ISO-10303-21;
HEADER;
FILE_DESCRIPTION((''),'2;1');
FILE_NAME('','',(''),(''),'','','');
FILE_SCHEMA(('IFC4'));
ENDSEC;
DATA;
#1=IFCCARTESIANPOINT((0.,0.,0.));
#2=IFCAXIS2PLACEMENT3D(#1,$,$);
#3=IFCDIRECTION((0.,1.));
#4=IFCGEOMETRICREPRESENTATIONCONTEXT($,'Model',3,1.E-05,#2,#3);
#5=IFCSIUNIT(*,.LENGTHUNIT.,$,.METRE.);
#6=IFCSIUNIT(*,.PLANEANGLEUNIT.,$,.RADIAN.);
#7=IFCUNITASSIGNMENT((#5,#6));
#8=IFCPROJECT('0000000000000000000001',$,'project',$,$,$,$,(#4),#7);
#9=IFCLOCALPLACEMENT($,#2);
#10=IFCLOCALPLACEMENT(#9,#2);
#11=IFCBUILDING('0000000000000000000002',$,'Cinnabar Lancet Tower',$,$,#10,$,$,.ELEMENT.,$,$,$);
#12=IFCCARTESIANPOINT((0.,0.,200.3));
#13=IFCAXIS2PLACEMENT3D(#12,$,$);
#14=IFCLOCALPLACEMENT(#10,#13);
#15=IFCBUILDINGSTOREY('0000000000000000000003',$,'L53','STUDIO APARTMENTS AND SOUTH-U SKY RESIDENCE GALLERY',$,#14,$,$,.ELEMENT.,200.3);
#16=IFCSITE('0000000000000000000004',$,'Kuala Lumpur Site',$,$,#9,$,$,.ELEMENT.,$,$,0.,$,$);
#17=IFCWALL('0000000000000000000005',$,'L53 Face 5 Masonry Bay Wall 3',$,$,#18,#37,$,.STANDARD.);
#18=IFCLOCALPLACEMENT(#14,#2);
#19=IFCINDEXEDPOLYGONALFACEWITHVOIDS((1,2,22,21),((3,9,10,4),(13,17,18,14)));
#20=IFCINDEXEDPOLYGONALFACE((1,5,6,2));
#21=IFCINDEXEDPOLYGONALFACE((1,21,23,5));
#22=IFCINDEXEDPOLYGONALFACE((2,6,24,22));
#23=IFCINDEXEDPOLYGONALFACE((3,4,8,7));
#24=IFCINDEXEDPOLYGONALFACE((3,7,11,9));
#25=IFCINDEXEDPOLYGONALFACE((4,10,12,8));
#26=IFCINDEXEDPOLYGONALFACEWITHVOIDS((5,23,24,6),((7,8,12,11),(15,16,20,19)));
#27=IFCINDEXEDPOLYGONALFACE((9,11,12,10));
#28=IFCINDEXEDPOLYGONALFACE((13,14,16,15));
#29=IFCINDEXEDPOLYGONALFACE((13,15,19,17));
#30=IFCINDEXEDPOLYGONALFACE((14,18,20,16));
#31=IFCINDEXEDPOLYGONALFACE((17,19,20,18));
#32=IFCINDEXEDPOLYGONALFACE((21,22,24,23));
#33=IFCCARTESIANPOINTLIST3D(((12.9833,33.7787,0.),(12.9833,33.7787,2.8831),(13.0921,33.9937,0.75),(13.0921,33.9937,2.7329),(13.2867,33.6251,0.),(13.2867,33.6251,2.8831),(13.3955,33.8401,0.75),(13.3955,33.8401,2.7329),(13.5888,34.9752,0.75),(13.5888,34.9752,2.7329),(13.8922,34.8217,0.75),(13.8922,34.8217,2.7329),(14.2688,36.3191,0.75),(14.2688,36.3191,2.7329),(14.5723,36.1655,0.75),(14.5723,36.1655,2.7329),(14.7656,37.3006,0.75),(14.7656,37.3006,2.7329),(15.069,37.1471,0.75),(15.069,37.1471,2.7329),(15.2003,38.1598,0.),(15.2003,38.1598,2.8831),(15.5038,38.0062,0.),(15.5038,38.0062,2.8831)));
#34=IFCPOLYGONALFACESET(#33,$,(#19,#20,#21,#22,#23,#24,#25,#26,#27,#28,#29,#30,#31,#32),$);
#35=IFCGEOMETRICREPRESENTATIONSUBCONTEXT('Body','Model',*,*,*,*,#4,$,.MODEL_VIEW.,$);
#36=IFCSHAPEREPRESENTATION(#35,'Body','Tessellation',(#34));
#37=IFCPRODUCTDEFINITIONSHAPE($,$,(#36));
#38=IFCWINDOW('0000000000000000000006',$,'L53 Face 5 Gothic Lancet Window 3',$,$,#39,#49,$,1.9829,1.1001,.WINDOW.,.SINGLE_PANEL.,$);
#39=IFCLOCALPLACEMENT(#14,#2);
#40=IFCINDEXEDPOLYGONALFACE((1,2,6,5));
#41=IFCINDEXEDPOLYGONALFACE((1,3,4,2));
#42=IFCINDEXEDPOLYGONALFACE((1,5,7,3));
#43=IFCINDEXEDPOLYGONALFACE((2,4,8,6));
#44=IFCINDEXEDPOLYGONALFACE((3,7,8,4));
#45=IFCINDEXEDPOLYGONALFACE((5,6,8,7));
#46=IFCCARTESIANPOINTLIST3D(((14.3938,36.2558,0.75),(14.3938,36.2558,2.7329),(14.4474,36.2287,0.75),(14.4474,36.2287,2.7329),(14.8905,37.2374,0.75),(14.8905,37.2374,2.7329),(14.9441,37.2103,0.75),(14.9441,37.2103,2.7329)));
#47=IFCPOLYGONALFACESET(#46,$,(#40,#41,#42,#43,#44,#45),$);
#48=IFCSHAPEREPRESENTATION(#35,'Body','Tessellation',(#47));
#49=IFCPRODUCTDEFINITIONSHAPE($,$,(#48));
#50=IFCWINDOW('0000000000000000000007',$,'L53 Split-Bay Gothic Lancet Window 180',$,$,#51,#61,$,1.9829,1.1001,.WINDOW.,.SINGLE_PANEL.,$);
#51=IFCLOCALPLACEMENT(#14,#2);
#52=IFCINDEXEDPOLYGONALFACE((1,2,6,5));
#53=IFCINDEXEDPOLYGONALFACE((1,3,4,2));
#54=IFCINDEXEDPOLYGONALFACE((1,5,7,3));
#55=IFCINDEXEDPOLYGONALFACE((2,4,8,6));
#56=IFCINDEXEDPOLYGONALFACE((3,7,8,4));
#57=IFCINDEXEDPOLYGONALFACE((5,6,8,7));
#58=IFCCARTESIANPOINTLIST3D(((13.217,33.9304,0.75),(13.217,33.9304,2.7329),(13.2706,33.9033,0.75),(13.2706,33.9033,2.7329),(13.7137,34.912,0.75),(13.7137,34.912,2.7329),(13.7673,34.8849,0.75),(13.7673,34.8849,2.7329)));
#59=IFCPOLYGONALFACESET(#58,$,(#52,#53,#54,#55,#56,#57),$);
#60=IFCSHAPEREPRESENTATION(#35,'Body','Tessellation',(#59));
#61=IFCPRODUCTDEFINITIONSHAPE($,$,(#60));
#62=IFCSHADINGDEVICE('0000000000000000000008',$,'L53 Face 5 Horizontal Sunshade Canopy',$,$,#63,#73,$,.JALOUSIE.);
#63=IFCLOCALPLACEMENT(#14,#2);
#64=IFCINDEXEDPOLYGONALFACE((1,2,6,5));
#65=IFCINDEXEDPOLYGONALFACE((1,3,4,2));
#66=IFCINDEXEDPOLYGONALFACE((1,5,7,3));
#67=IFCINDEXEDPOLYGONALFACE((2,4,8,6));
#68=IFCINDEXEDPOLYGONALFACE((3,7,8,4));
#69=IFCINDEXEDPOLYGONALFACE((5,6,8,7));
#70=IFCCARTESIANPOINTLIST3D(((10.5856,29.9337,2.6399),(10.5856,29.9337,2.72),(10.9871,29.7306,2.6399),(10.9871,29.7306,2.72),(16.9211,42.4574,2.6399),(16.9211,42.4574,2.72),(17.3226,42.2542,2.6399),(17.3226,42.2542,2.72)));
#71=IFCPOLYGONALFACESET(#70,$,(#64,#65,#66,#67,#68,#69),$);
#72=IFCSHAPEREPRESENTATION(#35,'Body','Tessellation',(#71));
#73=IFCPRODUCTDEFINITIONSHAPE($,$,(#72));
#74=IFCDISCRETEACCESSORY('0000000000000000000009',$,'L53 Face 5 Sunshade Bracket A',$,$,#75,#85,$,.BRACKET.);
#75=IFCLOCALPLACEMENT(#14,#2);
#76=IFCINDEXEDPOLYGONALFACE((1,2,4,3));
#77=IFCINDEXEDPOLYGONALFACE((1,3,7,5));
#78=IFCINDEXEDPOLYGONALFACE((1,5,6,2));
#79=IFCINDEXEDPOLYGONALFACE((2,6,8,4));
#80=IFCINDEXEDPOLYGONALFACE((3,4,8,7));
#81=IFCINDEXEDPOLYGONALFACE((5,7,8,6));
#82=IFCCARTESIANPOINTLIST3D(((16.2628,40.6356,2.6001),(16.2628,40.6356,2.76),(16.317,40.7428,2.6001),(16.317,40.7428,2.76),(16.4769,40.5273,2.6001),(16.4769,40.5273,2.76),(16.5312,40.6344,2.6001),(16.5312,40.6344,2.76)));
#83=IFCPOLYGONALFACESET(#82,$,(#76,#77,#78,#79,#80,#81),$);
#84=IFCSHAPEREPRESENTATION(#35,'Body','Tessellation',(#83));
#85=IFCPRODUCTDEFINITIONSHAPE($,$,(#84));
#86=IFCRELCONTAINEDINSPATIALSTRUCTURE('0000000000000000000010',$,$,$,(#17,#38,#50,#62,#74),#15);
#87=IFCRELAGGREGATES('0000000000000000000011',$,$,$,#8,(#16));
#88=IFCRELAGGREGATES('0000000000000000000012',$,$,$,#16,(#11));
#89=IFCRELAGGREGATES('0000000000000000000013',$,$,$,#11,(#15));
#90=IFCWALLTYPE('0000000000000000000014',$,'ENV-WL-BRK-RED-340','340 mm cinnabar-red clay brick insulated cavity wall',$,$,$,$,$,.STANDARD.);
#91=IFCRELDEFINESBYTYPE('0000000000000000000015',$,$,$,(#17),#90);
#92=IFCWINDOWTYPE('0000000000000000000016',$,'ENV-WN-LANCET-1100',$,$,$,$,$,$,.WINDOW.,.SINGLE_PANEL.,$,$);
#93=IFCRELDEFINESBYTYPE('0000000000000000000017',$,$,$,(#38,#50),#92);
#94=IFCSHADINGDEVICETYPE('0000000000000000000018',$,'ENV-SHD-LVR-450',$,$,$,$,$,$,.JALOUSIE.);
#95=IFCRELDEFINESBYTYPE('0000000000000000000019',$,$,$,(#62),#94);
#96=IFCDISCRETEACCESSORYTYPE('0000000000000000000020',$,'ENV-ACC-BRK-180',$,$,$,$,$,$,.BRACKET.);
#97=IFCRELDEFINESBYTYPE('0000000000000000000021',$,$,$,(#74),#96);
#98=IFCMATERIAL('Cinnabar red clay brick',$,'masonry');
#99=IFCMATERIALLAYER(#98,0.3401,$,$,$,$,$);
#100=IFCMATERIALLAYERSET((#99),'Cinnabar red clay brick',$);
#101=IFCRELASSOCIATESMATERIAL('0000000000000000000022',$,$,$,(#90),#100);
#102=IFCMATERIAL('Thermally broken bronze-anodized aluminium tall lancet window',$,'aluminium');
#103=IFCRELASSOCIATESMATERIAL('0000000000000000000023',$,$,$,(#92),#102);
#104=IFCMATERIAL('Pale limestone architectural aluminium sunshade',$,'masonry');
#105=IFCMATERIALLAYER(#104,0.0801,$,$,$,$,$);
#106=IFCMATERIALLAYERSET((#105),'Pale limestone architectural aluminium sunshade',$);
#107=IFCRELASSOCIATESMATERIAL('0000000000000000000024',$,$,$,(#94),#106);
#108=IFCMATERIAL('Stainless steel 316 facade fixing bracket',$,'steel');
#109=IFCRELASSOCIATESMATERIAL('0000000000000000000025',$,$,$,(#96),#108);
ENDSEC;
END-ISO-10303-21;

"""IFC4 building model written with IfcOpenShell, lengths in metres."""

from ifc_helpers import new_model, si_unit, direction, frame, frame_2d, origin, origin_2d, place, context, subcontext, project, spatial, rectangle, extrude, material, layer, layer_set, type_object, element, fill, save


model = new_model("IFC4")

# Units and contexts
model_context = context("Model", 3, precision=1e-05, world=origin(), true_north=direction((0.0, 1.0)))
body_context = subcontext(model_context, "Body", "Model", "MODEL_VIEW")
ifc_project = project(units=[si_unit("LENGTHUNIT", "METRE"), si_unit("PLANEANGLEUNIT", "RADIAN")], contexts=[model_context])

# Site, building, storey
site_placement = place(None, origin())
site = spatial("IfcSite", under=ifc_project, at=site_placement, Name="Kuala Lumpur Site", CompositionType="ELEMENT", RefElevation=0.0)
building_placement = place(site_placement, origin())
building = spatial("IfcBuilding", under=site, at=building_placement, Name="Cinnabar Lancet Tower", CompositionType="ELEMENT")
storey_placement = place(building_placement, frame((0.0, 0.0, 200.3)))
storey = spatial("IfcBuildingStorey", under=building, at=storey_placement, Name="L53", Description="STUDIO APARTMENTS AND SOUTH-U SKY RESIDENCE GALLERY", CompositionType="ELEMENT", Elevation=200.3)

# Shared definitions
ifc_material_1 = material(Name="Cinnabar red clay brick", Category="masonry")
ifc_layer_1 = layer(ifc_material_1, 0.3401)
ifc_layer_set_1 = layer_set([ifc_layer_1], Name="Cinnabar red clay brick")
wall_type_1 = type_object("IfcWallType", Name="ENV-WL-BRK-RED-340", Description="340 mm cinnabar-red clay brick insulated cavity wall", PredefinedType="STANDARD", material=ifc_layer_set_1)

# Shared definitions
ifc_material_2 = material(Name="Thermally broken bronze-anodized aluminium tall lancet window", Category="aluminium")
window_type = type_object("IfcWindowType", Name="ENV-WN-LANCET-1100", PartitioningType="SINGLE_PANEL", PredefinedType="WINDOW", material=ifc_material_2)

# Wall, openings, windows
wall_1_placement = place(storey_placement, frame((15.3521, 38.083, 0.0), z_axis=(0.0, 0.0, 1.0), x_axis=(-0.451524, -0.892259, 0.0)))
wall_1 = element("IfcWall", 1, at=wall_1_placement, inside=storey, type_object=wall_type_1, Name="L53 Face 5 Masonry Bay Wall 3", PredefinedType="STANDARD", context=body_context, shape_type="SweptSolid", body=[
    extrude(rectangle(XDim=4.9102, YDim=0.3401, at=frame_2d((2.4551, 0.0))), origin(), (0.0, 0.0, 1.0), 2.8831),
])
opening_1_placement = place(wall_1_placement, frame((0.9629, 0.0, 0.75)))
opening_1 = element("IfcOpeningElement", 2, at=opening_1_placement, cuts=wall_1, PredefinedType="OPENING", context=body_context, shape_type="SweptSolid", body=[
    extrude(rectangle(XDim=1.1001, YDim=1.9829, at=frame_2d((0.55, 0.9915))), frame((0.0, 0.1799, 0.0), z_axis=(0.0, -1.0, 0.0), x_axis=(1.0, 0.0, 0.0)), (0.0, 0.0, 1.0), 0.3601),
])
opening_2_placement = place(wall_1_placement, frame((3.5691, 0.0, 0.75)))
opening_2 = element("IfcOpeningElement", 3, at=opening_2_placement, cuts=wall_1, PredefinedType="OPENING", context=body_context, shape_type="SweptSolid", body=[
    extrude(rectangle(XDim=1.1001, YDim=1.9829, at=frame_2d((0.55, 0.9915))), frame((0.0, 0.1799, 0.0), z_axis=(0.0, -1.0, 0.0), x_axis=(1.0, 0.0, 0.0)), (0.0, 0.0, 1.0), 0.3601),
])
window_1_placement = place(opening_1_placement, origin())
window_1 = element("IfcWindow", 4, at=window_1_placement, inside=storey, type_object=window_type, Name="L53 Face 5 Gothic Lancet Window 3", OverallHeight=1.9829, OverallWidth=1.1001, PartitioningType="SINGLE_PANEL", PredefinedType="WINDOW", context=body_context, shape_type="SweptSolid", body=[
    extrude(rectangle(XDim=1.1001, YDim=1.9829, at=frame_2d((0.55, 0.9915))), frame((0.0, 0.03, 0.0), z_axis=(0.0, -1.0, 0.0), x_axis=(1.0, 0.0, 0.0)), (0.0, 0.0, 1.0), 0.0601),
])
fill(opening_1, window_1)
window_2_placement = place(opening_2_placement, origin())
window_2 = element("IfcWindow", 5, at=window_2_placement, inside=storey, type_object=window_type, Name="L53 Split-Bay Gothic Lancet Window 180", OverallHeight=1.9829, OverallWidth=1.1001, PartitioningType="SINGLE_PANEL", PredefinedType="WINDOW", context=body_context, shape_type="SweptSolid", body=[
    extrude(rectangle(XDim=1.1001, YDim=1.9829, at=frame_2d((0.55, 0.9915))), frame((0.0, 0.03, 0.0), z_axis=(0.0, -1.0, 0.0), x_axis=(1.0, 0.0, 0.0)), (0.0, 0.0, 1.0), 0.0601),
])
fill(opening_2, window_2)

# Shading device
ifc_material_3 = material(Name="Pale limestone architectural aluminium sunshade", Category="masonry")
ifc_layer_2 = layer(ifc_material_3, 0.0801)
ifc_layer_set_2 = layer_set([ifc_layer_2], Name="Pale limestone architectural aluminium sunshade")
shading_device_type = type_object("IfcShadingDeviceType", Name="ENV-SHD-LVR-450", PredefinedType="JALOUSIE", material=ifc_layer_set_2)
shading_device_placement = place(storey_placement, frame((13.9541, 36.094, 2.6399), z_axis=(0.0, 0.0, 1.0), x_axis=(-0.451407, -0.892318, 0.0)))
element("IfcShadingDevice", 6, at=shading_device_placement, inside=storey, type_object=shading_device_type, Name="L53 Face 5 Horizontal Sunshade Canopy", PredefinedType="JALOUSIE", context=body_context, shape_type="SweptSolid", body=[
    extrude(rectangle(XDim=14.0349, YDim=0.45, at=origin_2d()), origin(), (0.0, 0.0, 1.0), 0.0801),
])

# Discrete accessory
ifc_material_4 = material(Name="Stainless steel 316 facade fixing bracket", Category="steel")
discrete_accessory_type = type_object("IfcDiscreteAccessoryType", Name="ENV-ACC-BRK-180", PredefinedType="BRACKET", material=ifc_material_4)
discrete_accessory_placement = place(storey_placement, frame((16.397, 40.635, 2.6001), z_axis=(0.0, 0.0, 1.0), x_axis=(-0.451407, -0.892318, 0.0)))
element("IfcDiscreteAccessory", 7, at=discrete_accessory_placement, inside=storey, type_object=discrete_accessory_type, Name="L53 Face 5 Sunshade Bracket A", PredefinedType="BRACKET", context=body_context, shape_type="SweptSolid", body=[
    extrude(rectangle(XDim=0.1201, YDim=0.24, at=origin_2d()), origin(), (0.0, 0.0, 1.0), 0.1599),
])

save(model, "model.ifc")
